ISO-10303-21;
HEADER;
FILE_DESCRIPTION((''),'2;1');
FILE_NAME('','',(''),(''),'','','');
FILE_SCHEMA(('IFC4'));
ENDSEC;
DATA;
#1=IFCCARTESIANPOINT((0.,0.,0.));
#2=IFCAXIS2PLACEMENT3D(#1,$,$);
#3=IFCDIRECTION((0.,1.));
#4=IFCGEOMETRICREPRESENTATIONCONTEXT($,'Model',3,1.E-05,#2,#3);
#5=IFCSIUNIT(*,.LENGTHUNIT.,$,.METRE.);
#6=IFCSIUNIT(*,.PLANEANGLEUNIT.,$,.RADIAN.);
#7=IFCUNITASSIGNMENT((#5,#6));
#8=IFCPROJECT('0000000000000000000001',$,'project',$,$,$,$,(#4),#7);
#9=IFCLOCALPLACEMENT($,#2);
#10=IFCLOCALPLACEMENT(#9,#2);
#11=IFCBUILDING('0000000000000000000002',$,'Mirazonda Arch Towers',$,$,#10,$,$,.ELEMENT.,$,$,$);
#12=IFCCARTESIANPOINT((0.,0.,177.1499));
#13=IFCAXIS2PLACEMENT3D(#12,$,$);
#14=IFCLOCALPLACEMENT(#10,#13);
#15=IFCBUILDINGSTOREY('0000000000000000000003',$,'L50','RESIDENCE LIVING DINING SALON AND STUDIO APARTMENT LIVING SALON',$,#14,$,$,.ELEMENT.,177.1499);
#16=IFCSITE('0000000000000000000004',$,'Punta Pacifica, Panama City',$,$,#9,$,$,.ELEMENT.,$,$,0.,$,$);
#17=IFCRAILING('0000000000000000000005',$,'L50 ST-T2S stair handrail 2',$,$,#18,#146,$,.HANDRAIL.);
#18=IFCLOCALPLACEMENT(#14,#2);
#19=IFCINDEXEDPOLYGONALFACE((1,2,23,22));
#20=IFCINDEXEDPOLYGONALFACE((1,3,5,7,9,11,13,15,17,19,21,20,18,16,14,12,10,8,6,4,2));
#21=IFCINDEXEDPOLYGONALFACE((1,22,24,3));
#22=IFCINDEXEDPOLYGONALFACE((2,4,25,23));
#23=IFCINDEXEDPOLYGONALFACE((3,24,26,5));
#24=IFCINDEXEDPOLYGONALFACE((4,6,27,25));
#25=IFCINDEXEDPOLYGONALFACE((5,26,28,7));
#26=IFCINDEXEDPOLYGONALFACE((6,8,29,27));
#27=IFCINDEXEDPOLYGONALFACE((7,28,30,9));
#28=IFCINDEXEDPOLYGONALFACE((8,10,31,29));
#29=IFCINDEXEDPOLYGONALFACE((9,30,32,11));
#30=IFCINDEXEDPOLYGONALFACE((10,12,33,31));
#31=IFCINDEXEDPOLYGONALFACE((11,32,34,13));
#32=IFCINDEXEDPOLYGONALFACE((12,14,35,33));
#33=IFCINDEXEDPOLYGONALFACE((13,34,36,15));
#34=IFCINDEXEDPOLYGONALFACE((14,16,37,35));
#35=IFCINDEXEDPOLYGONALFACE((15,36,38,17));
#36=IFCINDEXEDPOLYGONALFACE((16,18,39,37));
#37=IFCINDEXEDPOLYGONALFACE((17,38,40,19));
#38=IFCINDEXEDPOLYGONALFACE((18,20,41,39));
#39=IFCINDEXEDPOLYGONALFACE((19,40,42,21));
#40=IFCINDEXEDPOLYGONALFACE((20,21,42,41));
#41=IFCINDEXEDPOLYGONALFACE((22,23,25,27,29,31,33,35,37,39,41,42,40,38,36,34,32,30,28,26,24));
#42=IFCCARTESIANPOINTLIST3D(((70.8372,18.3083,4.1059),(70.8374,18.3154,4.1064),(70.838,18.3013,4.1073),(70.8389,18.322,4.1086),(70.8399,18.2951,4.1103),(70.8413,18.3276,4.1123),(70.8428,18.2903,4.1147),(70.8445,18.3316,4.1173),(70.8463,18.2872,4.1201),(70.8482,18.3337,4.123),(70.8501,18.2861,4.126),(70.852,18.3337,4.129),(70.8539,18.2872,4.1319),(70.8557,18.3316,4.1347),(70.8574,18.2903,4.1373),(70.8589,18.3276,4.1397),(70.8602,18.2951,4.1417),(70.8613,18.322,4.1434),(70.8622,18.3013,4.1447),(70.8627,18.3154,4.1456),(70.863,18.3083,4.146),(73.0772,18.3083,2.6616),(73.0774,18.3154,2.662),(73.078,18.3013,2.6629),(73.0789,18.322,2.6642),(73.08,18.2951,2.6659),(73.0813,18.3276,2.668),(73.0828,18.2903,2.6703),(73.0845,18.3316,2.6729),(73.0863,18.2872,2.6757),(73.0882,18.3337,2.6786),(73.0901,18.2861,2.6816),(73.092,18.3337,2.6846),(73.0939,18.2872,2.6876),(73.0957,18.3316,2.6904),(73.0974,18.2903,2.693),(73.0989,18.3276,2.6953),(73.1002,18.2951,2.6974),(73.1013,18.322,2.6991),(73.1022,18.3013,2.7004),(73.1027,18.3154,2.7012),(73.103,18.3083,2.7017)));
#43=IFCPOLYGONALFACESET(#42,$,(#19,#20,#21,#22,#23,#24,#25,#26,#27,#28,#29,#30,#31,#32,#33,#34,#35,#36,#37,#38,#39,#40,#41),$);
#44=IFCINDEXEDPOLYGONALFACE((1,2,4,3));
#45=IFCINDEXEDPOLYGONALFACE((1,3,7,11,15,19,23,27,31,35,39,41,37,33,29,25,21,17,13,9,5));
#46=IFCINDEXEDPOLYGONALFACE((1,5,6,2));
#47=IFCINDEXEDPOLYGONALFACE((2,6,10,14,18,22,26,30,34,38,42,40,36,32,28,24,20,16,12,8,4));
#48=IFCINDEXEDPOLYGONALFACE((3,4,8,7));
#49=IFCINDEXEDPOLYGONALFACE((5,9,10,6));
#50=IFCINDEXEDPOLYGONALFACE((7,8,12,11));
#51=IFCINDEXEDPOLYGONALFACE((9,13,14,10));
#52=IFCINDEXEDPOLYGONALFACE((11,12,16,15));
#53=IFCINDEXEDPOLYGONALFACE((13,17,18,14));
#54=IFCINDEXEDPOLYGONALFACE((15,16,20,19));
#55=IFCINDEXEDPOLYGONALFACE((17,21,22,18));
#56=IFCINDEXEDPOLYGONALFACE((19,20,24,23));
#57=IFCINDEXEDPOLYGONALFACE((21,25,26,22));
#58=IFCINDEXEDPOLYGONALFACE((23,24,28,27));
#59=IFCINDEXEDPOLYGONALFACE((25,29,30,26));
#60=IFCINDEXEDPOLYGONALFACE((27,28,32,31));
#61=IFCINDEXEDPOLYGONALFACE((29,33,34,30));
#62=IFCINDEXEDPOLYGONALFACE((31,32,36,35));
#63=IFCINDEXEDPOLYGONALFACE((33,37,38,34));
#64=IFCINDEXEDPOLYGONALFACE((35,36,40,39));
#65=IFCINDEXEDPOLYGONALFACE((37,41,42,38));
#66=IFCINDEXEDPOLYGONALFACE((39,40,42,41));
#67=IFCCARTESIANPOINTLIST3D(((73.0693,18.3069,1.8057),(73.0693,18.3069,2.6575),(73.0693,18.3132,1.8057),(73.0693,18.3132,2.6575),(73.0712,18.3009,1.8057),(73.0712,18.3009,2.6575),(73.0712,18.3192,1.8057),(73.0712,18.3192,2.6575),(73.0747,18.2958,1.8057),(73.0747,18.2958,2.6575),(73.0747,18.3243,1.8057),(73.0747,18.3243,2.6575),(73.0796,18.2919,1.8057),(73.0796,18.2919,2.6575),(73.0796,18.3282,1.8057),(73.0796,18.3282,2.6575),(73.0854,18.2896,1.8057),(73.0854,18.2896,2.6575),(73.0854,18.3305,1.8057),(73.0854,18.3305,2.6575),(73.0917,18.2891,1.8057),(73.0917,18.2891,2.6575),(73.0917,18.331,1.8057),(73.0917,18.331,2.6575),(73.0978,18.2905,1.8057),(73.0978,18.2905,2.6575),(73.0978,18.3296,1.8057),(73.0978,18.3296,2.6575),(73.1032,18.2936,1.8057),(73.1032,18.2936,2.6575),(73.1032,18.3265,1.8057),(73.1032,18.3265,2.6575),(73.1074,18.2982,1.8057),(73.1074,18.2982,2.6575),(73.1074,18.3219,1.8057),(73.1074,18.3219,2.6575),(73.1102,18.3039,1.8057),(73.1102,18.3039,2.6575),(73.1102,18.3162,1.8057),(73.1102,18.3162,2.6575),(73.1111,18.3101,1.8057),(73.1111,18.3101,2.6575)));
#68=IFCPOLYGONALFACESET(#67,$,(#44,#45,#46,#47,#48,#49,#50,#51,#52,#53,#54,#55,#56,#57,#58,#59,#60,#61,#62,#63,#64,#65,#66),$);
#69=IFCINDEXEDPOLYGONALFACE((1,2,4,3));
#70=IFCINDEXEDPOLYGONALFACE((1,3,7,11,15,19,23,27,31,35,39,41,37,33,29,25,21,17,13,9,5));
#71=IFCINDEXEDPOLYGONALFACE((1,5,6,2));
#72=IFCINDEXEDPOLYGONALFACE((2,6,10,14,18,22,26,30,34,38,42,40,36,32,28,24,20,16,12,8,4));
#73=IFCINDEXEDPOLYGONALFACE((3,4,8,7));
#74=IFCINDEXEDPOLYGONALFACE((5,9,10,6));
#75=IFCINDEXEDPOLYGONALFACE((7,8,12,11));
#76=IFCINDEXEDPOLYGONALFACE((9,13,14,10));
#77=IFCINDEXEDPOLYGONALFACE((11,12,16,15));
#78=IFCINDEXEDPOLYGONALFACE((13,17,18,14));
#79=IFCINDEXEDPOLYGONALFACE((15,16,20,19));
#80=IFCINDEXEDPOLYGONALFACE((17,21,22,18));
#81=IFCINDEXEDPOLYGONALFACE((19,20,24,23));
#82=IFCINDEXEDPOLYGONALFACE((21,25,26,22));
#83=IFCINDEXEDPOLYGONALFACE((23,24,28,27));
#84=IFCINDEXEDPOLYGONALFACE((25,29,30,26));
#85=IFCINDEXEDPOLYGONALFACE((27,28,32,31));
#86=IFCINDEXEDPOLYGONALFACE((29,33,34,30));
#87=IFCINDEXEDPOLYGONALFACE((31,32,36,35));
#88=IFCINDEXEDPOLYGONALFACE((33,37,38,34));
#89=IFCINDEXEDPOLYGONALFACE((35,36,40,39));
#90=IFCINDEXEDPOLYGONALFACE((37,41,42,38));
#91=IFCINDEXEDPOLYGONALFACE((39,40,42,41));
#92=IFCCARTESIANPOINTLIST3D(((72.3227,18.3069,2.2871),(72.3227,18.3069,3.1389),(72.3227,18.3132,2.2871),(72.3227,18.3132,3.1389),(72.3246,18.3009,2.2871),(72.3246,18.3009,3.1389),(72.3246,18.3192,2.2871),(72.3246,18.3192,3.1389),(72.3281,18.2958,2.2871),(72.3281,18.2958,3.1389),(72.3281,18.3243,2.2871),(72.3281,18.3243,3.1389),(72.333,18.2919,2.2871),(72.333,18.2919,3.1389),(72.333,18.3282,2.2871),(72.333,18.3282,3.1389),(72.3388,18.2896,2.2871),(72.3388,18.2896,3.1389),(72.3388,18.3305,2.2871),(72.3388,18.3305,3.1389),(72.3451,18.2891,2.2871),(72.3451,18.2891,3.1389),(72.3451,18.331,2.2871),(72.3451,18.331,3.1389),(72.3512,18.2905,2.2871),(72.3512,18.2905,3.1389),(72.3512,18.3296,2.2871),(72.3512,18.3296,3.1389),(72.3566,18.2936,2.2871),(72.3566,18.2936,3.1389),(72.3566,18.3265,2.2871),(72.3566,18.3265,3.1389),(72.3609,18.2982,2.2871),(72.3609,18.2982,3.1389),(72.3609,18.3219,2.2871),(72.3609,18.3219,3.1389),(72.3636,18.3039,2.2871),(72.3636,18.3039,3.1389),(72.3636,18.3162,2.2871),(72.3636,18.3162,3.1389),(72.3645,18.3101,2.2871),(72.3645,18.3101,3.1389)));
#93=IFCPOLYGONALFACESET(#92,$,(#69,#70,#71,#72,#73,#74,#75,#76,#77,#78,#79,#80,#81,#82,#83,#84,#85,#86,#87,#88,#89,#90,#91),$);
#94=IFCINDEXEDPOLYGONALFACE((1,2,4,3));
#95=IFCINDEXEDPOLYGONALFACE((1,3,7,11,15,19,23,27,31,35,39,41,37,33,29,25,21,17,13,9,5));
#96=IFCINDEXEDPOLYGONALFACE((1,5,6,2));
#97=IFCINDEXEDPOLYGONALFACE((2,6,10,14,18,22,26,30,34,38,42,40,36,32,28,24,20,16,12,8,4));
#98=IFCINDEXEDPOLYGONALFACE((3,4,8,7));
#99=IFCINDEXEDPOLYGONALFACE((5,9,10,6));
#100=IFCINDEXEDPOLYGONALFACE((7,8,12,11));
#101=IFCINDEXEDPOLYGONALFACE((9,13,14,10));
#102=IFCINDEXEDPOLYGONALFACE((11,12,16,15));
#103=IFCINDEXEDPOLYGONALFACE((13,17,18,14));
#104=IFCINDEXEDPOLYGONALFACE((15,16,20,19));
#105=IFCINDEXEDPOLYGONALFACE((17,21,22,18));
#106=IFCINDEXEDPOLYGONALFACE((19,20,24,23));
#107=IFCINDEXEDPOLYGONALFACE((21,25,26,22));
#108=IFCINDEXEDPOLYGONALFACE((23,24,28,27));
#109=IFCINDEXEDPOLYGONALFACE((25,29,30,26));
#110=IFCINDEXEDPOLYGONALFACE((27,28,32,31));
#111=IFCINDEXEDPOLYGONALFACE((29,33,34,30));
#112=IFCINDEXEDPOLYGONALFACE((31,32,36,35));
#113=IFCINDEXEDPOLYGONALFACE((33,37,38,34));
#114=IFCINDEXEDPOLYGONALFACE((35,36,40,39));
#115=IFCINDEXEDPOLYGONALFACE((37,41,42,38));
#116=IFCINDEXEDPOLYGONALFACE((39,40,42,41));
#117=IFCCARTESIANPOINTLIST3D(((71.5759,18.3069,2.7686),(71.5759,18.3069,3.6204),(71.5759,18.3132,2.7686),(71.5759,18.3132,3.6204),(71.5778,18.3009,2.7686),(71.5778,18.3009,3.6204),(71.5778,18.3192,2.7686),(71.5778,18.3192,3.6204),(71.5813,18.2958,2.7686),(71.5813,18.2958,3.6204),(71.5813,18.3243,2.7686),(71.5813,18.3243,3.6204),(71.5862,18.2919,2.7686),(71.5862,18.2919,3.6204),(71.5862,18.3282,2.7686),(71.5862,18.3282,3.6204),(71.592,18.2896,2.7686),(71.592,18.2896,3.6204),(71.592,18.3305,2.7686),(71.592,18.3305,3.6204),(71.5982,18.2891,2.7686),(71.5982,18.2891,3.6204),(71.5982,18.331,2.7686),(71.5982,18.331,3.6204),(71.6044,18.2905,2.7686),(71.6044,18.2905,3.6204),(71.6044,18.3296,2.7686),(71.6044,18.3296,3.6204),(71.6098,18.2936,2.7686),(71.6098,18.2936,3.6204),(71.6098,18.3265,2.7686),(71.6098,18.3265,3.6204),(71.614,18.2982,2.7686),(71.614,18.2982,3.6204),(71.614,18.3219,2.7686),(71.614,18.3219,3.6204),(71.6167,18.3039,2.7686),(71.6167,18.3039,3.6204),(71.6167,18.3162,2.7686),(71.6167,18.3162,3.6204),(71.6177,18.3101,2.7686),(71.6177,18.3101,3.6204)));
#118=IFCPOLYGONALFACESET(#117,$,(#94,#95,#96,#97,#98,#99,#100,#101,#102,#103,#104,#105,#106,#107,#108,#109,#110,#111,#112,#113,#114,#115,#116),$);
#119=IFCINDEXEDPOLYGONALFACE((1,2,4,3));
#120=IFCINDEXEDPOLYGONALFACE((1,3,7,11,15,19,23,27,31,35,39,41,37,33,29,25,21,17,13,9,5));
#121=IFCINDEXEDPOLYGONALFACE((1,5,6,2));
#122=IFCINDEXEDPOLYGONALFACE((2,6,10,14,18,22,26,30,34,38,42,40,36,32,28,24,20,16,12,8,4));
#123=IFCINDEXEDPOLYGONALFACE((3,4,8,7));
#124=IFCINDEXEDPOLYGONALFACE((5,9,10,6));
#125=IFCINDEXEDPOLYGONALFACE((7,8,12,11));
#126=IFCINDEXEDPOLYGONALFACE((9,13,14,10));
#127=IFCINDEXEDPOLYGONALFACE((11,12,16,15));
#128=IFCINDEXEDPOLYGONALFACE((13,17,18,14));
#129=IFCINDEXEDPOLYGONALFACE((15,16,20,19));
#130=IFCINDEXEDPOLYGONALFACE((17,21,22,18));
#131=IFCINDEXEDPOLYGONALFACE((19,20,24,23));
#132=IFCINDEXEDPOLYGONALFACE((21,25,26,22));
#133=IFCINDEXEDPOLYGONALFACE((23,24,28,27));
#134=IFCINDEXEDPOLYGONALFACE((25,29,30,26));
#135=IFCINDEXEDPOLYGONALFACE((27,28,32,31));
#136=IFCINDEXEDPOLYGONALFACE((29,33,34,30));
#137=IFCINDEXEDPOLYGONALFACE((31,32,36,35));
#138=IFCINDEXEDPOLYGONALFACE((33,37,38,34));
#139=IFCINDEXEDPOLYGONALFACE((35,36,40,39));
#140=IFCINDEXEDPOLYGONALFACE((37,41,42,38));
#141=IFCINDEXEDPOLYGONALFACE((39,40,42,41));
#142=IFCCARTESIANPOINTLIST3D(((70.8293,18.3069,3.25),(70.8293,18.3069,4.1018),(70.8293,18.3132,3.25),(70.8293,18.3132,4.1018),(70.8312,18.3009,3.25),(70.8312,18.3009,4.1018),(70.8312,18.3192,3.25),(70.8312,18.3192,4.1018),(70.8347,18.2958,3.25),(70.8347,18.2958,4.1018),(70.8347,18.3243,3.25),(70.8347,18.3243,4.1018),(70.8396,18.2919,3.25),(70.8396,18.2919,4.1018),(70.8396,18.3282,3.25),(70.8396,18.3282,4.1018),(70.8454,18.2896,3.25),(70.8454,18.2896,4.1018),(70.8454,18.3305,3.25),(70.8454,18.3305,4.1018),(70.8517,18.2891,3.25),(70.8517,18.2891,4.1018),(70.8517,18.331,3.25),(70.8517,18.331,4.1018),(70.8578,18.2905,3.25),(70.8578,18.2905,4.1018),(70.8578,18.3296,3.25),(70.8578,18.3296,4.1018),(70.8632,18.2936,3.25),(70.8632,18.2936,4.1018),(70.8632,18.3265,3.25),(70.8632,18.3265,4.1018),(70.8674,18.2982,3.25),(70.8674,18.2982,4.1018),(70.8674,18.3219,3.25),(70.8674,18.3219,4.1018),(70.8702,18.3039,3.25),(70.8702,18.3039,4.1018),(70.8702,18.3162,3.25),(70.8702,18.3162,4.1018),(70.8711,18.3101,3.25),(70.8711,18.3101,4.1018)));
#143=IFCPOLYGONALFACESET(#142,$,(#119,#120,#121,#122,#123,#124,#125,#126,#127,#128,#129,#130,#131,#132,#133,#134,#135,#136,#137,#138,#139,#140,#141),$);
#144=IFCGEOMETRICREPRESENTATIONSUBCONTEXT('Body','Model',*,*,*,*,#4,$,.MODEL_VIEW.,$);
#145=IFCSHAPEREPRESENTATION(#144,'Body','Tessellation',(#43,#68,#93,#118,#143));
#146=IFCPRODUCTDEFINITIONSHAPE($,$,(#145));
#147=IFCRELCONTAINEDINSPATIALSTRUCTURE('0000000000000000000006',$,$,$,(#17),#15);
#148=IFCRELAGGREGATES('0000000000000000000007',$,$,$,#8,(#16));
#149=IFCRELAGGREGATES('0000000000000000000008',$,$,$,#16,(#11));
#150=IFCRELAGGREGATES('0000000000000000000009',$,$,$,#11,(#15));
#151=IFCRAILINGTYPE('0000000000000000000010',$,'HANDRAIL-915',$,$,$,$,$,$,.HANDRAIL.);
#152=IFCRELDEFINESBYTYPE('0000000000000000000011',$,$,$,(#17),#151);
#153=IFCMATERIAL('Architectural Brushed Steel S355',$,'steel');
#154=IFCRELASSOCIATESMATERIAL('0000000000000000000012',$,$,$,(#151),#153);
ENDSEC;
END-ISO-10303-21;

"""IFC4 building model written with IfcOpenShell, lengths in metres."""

from ifc_helpers import new_model, si_unit, direction, frame, origin, origin_2d, place, context, subcontext, project, spatial, circle, extrude, material, type_object, element, save


model = new_model("IFC4")

# Units and contexts
model_context = context("Model", 3, precision=1e-05, world=origin(), true_north=direction((0.0, 1.0)))
body_context = subcontext(model_context, "Body", "Model", "MODEL_VIEW")
ifc_project = project(units=[si_unit("LENGTHUNIT", "METRE"), si_unit("PLANEANGLEUNIT", "RADIAN")], contexts=[model_context])

# Site, building, storey
site_placement = place(None, origin())
site = spatial("IfcSite", under=ifc_project, at=site_placement, Name="Punta Pacifica, Panama City", CompositionType="ELEMENT", RefElevation=0.0)
building_placement = place(site_placement, origin())
building = spatial("IfcBuilding", under=site, at=building_placement, Name="Mirazonda Arch Towers", CompositionType="ELEMENT")
storey_placement = place(building_placement, frame((0.0, 0.0, 177.1499)))
storey = spatial("IfcBuildingStorey", under=building, at=storey_placement, Name="L50", Description="RESIDENCE LIVING DINING SALON AND STUDIO APARTMENT LIVING SALON", CompositionType="ELEMENT", Elevation=177.1499)

# Shared definitions
ifc_material_1 = material(Name="Architectural Brushed Steel S355", Category="steel")

# Railing
railing_type_1 = type_object("IfcRailingType", Name="HANDRAIL-915", PredefinedType="HANDRAIL", material=ifc_material_1)
railing_1_placement = place(storey_placement, frame((73.0901, 18.3101, 1.8057)))
element("IfcRailing", 1, at=railing_1_placement, inside=storey, type_object=railing_type_1, Name="L50 ST-T2S stair handrail 2", PredefinedType="HANDRAIL", context=body_context, shape_type="SweptSolid", body=[
    extrude(circle(Radius=0.0239, at=origin_2d()), frame((0.0, 0.0, 0.876), z_axis=(-0.840437, 0.0, 0.54191), x_axis=(0.0, -1.0, 0.0)), (0.0, 0.0, 1.0), 2.6653),
    extrude(circle(Radius=0.021, at=origin_2d()), origin(), (0.0, 0.0, 1.0), 0.8518),
    extrude(circle(Radius=0.021, at=origin_2d()), frame((-0.7466, 0.0, 0.4814)), (0.0, 0.0, 1.0), 0.8518),
    extrude(circle(Radius=0.021, at=origin_2d()), frame((-1.4934, 0.0, 0.9629)), (0.0, 0.0, 1.0), 0.8518),
    extrude(circle(Radius=0.021, at=origin_2d()), frame((-2.24, 0.0, 1.4443)), (0.0, 0.0, 1.0), 0.8518),
])

save(model, "model.ifc")
